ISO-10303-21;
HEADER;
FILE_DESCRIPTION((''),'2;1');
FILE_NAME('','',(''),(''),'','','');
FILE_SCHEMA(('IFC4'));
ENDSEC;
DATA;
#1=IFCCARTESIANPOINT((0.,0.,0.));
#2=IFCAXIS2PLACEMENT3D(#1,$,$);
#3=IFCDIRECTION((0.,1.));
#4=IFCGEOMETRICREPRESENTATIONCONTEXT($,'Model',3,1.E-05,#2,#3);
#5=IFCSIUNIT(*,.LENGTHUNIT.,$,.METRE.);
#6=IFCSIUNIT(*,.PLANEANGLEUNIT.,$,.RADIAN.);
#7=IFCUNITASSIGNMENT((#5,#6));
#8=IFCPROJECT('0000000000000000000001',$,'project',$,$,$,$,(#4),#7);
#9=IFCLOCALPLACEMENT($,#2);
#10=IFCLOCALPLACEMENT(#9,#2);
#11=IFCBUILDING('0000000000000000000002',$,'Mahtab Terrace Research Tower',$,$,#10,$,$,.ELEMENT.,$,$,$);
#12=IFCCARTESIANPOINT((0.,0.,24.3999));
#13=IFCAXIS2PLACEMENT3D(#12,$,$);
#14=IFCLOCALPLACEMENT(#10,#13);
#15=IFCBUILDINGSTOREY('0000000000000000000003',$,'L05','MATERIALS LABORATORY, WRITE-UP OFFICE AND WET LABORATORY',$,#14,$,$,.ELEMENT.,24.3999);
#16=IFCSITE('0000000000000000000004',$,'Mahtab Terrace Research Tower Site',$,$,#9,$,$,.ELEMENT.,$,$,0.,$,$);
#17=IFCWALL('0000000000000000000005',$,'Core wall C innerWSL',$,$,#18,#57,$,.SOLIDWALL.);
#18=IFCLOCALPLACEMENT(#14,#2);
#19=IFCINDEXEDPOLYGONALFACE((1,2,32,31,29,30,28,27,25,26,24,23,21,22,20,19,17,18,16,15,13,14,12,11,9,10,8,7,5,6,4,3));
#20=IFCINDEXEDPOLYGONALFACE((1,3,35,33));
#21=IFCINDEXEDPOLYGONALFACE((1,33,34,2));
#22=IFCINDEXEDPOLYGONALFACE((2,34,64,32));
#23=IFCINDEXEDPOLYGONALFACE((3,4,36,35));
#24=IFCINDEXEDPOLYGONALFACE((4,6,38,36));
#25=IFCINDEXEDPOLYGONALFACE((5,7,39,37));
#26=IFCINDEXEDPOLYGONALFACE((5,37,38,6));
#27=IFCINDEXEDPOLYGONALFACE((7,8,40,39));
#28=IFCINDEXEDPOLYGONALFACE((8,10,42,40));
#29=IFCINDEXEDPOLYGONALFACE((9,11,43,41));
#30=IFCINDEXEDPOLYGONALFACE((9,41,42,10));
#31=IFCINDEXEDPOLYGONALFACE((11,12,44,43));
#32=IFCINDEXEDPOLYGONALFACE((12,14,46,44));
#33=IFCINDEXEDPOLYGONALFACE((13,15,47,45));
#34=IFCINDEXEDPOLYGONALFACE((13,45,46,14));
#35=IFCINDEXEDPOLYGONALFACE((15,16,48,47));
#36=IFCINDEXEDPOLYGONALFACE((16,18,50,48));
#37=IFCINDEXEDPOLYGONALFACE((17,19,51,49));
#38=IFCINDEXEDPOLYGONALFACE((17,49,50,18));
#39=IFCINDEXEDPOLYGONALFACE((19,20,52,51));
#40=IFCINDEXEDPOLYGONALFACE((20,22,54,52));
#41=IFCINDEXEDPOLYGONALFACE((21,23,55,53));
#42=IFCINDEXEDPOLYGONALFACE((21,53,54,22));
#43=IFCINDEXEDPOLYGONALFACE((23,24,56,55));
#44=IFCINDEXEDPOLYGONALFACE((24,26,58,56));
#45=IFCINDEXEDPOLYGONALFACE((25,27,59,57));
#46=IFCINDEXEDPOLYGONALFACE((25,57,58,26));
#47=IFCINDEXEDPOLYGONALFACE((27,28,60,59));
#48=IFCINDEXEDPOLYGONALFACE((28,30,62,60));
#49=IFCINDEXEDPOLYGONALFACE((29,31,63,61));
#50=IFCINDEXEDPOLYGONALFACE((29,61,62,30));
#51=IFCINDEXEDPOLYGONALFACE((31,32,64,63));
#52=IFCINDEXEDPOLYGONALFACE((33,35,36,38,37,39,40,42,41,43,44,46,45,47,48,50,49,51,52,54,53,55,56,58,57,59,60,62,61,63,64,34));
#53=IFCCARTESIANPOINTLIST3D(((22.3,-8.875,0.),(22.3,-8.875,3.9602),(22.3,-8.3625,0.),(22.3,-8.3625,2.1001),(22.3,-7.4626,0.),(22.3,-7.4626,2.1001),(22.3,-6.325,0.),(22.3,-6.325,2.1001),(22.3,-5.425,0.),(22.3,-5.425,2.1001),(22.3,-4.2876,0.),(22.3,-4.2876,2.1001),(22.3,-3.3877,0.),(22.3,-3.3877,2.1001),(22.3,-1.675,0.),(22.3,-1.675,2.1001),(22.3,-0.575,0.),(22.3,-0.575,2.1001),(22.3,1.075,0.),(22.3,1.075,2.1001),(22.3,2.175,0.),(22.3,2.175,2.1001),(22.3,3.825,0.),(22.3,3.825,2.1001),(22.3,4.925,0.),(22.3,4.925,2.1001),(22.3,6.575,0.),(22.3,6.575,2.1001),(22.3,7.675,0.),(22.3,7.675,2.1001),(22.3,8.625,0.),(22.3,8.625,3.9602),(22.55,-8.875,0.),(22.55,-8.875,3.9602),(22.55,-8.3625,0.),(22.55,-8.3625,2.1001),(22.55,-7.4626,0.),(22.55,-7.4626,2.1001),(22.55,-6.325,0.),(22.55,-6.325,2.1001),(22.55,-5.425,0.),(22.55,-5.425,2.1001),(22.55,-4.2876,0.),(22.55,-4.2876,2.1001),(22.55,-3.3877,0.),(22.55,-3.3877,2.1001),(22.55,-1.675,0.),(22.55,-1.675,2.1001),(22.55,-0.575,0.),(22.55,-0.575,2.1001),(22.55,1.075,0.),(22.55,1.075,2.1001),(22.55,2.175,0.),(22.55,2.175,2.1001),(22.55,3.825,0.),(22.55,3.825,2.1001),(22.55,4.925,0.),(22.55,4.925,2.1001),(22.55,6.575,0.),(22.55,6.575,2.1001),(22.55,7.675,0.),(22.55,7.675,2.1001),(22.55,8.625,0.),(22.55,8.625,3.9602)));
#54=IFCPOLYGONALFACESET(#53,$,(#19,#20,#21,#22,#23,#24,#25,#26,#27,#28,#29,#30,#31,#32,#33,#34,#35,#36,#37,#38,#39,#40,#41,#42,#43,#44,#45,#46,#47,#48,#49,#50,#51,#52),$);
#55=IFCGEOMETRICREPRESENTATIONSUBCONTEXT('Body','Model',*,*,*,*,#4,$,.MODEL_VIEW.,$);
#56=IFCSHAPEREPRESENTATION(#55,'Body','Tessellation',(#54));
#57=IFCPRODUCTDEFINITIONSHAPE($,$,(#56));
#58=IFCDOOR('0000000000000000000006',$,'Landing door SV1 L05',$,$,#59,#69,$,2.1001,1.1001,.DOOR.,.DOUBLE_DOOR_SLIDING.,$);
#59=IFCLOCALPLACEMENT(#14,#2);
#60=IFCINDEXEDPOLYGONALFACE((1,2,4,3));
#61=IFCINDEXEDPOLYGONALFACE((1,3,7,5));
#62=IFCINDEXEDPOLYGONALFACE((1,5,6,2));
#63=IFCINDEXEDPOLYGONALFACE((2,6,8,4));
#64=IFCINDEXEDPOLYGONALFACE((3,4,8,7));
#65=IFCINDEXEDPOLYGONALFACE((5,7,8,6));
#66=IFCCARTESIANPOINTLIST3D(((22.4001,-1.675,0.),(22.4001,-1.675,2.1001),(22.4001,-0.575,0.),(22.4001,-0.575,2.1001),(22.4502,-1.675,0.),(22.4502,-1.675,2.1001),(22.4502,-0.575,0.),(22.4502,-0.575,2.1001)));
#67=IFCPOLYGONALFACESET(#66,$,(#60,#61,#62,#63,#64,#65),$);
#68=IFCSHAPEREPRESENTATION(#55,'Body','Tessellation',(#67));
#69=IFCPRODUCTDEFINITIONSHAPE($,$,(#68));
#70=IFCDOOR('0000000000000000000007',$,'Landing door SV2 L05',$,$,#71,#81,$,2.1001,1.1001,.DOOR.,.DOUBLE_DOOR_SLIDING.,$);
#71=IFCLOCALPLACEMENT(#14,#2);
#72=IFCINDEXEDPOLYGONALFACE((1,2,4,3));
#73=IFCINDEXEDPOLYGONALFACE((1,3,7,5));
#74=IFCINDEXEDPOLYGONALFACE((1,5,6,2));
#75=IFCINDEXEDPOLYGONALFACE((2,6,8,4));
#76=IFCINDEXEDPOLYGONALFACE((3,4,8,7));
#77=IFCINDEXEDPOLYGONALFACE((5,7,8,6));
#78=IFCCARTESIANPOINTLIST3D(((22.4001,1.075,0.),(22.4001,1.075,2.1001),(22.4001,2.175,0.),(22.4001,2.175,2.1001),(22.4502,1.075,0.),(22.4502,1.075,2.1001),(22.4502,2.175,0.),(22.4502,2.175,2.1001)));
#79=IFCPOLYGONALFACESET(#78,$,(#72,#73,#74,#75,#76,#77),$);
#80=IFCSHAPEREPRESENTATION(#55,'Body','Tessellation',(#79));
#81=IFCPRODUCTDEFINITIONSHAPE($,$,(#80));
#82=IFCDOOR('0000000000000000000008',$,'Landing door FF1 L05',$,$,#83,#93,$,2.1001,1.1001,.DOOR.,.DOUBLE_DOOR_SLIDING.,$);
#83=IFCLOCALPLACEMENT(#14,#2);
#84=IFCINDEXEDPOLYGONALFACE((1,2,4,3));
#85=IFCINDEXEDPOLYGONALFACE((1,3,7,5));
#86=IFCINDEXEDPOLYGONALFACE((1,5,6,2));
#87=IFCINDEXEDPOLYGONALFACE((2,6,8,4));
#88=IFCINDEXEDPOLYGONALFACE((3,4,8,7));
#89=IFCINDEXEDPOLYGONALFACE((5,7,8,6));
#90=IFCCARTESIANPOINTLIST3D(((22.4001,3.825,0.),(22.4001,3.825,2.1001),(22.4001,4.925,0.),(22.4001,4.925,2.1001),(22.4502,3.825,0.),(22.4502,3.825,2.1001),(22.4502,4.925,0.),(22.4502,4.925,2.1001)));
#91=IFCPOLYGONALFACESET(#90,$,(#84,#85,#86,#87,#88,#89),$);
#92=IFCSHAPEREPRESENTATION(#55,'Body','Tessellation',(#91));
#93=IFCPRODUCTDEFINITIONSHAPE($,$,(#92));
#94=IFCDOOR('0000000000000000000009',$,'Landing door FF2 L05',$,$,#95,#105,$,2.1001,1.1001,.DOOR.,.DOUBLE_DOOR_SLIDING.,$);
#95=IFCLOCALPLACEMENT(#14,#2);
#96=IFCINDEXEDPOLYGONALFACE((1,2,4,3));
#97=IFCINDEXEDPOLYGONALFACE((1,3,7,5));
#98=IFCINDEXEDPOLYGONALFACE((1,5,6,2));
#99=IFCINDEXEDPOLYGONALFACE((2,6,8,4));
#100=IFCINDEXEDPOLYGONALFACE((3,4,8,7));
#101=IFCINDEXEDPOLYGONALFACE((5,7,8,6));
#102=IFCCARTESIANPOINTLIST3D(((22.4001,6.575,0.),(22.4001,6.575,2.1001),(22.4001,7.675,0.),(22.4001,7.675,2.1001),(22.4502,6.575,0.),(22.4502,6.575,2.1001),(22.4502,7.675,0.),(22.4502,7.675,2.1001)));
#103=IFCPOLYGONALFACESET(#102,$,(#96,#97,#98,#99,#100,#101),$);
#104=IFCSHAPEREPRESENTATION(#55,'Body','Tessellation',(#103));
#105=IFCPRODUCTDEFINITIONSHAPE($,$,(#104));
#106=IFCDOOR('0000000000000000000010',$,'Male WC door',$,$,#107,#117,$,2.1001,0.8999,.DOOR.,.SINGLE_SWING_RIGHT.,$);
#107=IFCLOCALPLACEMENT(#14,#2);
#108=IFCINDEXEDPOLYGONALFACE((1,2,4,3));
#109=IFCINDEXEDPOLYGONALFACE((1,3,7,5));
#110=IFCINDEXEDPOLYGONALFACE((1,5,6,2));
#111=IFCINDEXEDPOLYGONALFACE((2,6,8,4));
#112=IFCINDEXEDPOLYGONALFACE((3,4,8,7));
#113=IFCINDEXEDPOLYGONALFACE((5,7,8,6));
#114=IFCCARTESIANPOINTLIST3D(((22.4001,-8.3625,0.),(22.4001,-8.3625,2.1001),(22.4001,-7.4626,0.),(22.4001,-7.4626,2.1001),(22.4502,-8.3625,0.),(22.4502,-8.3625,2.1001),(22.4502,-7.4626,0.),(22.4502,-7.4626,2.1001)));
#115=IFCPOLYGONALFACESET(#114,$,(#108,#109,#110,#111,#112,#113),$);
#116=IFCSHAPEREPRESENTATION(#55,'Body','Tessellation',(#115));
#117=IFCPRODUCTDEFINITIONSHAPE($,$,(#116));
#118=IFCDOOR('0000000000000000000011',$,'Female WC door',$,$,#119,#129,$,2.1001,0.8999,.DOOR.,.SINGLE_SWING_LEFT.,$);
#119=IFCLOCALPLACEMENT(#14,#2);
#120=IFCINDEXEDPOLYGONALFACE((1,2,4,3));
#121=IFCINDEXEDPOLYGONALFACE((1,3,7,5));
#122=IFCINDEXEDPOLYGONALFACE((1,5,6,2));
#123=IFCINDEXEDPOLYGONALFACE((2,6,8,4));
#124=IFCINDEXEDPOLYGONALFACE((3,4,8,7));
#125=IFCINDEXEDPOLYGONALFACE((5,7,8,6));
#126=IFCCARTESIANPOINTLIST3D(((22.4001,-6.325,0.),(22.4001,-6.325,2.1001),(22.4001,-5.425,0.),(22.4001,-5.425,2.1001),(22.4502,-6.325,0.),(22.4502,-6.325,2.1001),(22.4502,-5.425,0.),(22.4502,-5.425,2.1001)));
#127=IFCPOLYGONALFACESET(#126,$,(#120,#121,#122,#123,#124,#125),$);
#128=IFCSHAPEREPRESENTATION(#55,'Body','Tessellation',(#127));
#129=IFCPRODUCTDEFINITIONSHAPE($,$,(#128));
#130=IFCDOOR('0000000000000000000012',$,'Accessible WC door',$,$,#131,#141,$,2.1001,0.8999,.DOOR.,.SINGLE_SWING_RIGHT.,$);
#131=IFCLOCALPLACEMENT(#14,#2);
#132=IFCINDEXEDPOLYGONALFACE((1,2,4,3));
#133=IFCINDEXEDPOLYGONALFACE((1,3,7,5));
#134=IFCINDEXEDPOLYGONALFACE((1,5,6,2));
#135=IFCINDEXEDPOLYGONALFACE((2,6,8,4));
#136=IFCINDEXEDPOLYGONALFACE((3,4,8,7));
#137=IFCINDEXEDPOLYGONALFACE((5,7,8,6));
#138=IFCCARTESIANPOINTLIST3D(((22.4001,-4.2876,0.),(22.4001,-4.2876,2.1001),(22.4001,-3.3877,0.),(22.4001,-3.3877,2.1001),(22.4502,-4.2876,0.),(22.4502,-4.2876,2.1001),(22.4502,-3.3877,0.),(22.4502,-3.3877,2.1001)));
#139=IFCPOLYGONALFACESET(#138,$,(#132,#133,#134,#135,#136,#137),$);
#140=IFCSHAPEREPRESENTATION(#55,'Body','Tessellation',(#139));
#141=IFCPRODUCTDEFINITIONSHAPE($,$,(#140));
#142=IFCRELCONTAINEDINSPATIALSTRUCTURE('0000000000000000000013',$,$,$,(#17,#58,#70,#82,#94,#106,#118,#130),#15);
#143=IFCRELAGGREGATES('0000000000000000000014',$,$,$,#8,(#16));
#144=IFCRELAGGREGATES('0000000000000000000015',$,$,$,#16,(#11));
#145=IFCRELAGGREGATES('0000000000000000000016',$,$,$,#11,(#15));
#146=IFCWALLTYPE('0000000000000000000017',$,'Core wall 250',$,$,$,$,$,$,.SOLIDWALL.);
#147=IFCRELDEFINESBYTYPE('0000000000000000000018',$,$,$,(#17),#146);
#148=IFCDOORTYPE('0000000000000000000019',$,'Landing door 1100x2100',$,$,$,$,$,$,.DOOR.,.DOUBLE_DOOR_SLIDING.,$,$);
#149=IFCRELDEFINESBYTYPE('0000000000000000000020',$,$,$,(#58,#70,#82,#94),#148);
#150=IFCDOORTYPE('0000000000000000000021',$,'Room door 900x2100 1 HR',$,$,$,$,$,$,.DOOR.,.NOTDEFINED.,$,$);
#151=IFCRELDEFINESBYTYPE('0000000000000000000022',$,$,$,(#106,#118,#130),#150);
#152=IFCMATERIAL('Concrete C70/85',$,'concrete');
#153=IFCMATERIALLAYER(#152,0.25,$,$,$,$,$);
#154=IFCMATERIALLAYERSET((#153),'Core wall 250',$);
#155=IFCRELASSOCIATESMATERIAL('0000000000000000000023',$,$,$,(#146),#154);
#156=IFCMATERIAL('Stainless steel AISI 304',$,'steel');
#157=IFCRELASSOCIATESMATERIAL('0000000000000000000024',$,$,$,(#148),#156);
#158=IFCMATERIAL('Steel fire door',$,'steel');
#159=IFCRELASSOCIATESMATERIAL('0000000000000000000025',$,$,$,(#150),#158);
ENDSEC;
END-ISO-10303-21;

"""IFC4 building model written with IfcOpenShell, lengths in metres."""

from ifc_helpers import new_model, si_unit, direction, frame, frame_2d, origin, place, context, subcontext, project, spatial, rectangle, extrude, material, layer, layer_set, type_object, element, fill, save


model = new_model("IFC4")

# Units and contexts
model_context = context("Model", 3, precision=1e-05, world=origin(), true_north=direction((0.0, 1.0)))
body_context = subcontext(model_context, "Body", "Model", "MODEL_VIEW")
ifc_project = project(units=[si_unit("LENGTHUNIT", "METRE"), si_unit("PLANEANGLEUNIT", "RADIAN")], contexts=[model_context])

# Site, building, storey
site_placement = place(None, origin())
site = spatial("IfcSite", under=ifc_project, at=site_placement, Name="Mahtab Terrace Research Tower Site", CompositionType="ELEMENT", RefElevation=0.0)
building_placement = place(site_placement, origin())
building = spatial("IfcBuilding", under=site, at=building_placement, Name="Mahtab Terrace Research Tower", CompositionType="ELEMENT")
storey_placement = place(building_placement, frame((0.0, 0.0, 24.3999)))
storey = spatial("IfcBuildingStorey", under=building, at=storey_placement, Name="L05", Description="MATERIALS LABORATORY, WRITE-UP OFFICE AND WET LABORATORY", CompositionType="ELEMENT", Elevation=24.3999)

# Shared definitions
ifc_material_1 = material(Name="Concrete C70/85", Category="concrete")

# Wall, openings, doors
ifc_layer_1 = layer(ifc_material_1, 0.25)
ifc_layer_set_1 = layer_set([ifc_layer_1], Name="Core wall 250")
wall_type_1 = type_object("IfcWallType", Name="Core wall 250", PredefinedType="SOLIDWALL", material=ifc_layer_set_1)
wall_1_placement = place(storey_placement, frame((22.425, -8.875, 0.0), z_axis=(0.0, 0.0, 1.0), x_axis=(0.0, 1.0, 0.0)))
wall_1 = element("IfcWall", 1, at=wall_1_placement, inside=storey, type_object=wall_type_1, Name="Core wall C innerWSL", PredefinedType="SOLIDWALL", context=body_context, shape_type="SweptSolid", body=[
    extrude(rectangle(XDim=17.5, YDim=0.25, at=frame_2d((8.75, 0.0))), origin(), (0.0, 0.0, 1.0), 3.9602),
])
opening_1_placement = place(wall_1_placement, frame((7.2, 0.0, 0.0)))
opening_1 = element("IfcOpeningElement", 2, at=opening_1_placement, cuts=wall_1, PredefinedType="OPENING", context=body_context, shape_type="SweptSolid", body=[
    extrude(rectangle(XDim=1.1001, YDim=2.1001, at=frame_2d((0.55, 1.05))), frame((0.0, 0.135, 0.0), z_axis=(0.0, -1.0, 0.0), x_axis=(1.0, 0.0, 0.0)), (0.0, 0.0, 1.0), 0.27),
])
opening_2_placement = place(wall_1_placement, frame((9.95, 0.0, 0.0)))
opening_2 = element("IfcOpeningElement", 3, at=opening_2_placement, cuts=wall_1, PredefinedType="OPENING", context=body_context, shape_type="SweptSolid", body=[
    extrude(rectangle(XDim=1.1001, YDim=2.1001, at=frame_2d((0.55, 1.05))), frame((0.0, 0.135, 0.0), z_axis=(0.0, -1.0, 0.0), x_axis=(1.0, 0.0, 0.0)), (0.0, 0.0, 1.0), 0.27),
])
opening_3_placement = place(wall_1_placement, frame((12.7, 0.0, 0.0)))
opening_3 = element("IfcOpeningElement", 4, at=opening_3_placement, cuts=wall_1, PredefinedType="OPENING", context=body_context, shape_type="SweptSolid", body=[
    extrude(rectangle(XDim=1.1001, YDim=2.1001, at=frame_2d((0.55, 1.05))), frame((0.0, 0.135, 0.0), z_axis=(0.0, -1.0, 0.0), x_axis=(1.0, 0.0, 0.0)), (0.0, 0.0, 1.0), 0.27),
])
opening_4_placement = place(wall_1_placement, frame((15.45, 0.0, 0.0)))
opening_4 = element("IfcOpeningElement", 5, at=opening_4_placement, cuts=wall_1, PredefinedType="OPENING", context=body_context, shape_type="SweptSolid", body=[
    extrude(rectangle(XDim=1.1001, YDim=2.1001, at=frame_2d((0.55, 1.05))), frame((0.0, 0.135, 0.0), z_axis=(0.0, -1.0, 0.0), x_axis=(1.0, 0.0, 0.0)), (0.0, 0.0, 1.0), 0.27),
])
opening_5_placement = place(wall_1_placement, frame((0.5125, 0.0, 0.0)))
opening_5 = element("IfcOpeningElement", 6, at=opening_5_placement, cuts=wall_1, PredefinedType="OPENING", context=body_context, shape_type="SweptSolid", body=[
    extrude(rectangle(XDim=0.8999, YDim=2.1001, at=frame_2d((0.45, 1.05))), frame((0.0, 0.135, 0.0), z_axis=(0.0, -1.0, 0.0), x_axis=(1.0, 0.0, 0.0)), (0.0, 0.0, 1.0), 0.27),
])
opening_6_placement = place(wall_1_placement, frame((2.55, 0.0, 0.0)))
opening_6 = element("IfcOpeningElement", 7, at=opening_6_placement, cuts=wall_1, PredefinedType="OPENING", context=body_context, shape_type="SweptSolid", body=[
    extrude(rectangle(XDim=0.8999, YDim=2.1001, at=frame_2d((0.45, 1.05))), frame((0.0, 0.135, 0.0), z_axis=(0.0, -1.0, 0.0), x_axis=(1.0, 0.0, 0.0)), (0.0, 0.0, 1.0), 0.27),
])
opening_7_placement = place(wall_1_placement, frame((4.5874, 0.0, 0.0)))
opening_7 = element("IfcOpeningElement", 8, at=opening_7_placement, cuts=wall_1, PredefinedType="OPENING", context=body_context, shape_type="SweptSolid", body=[
    extrude(rectangle(XDim=0.8999, YDim=2.1001, at=frame_2d((0.45, 1.05))), frame((0.0, 0.135, 0.0), z_axis=(0.0, -1.0, 0.0), x_axis=(1.0, 0.0, 0.0)), (0.0, 0.0, 1.0), 0.27),
])
ifc_material_2 = material(Name="Stainless steel AISI 304", Category="steel")
door_type_1 = type_object("IfcDoorType", Name="Landing door 1100x2100", OperationType="DOUBLE_DOOR_SLIDING", PredefinedType="DOOR", material=ifc_material_2)
door_1_placement = place(opening_1_placement, origin())
door_1 = element("IfcDoor", 9, at=door_1_placement, inside=storey, type_object=door_type_1, Name="Landing door SV1 L05", OperationType="DOUBLE_DOOR_SLIDING", OverallHeight=2.1001, OverallWidth=1.1001, PredefinedType="DOOR", context=body_context, shape_type="SweptSolid", body=[
    extrude(rectangle(XDim=1.1001, YDim=2.1001, at=frame_2d((0.55, 1.05))), frame((0.0, 0.0249, 0.0), z_axis=(0.0, -1.0, 0.0), x_axis=(1.0, 0.0, 0.0)), (0.0, 0.0, 1.0), 0.05),
])
fill(opening_1, door_1)
door_2_placement = place(opening_2_placement, origin())
door_2 = element("IfcDoor", 10, at=door_2_placement, inside=storey, type_object=door_type_1, Name="Landing door SV2 L05", OperationType="DOUBLE_DOOR_SLIDING", OverallHeight=2.1001, OverallWidth=1.1001, PredefinedType="DOOR", context=body_context, shape_type="SweptSolid", body=[
    extrude(rectangle(XDim=1.1001, YDim=2.1001, at=frame_2d((0.55, 1.05))), frame((0.0, 0.0249, 0.0), z_axis=(0.0, -1.0, 0.0), x_axis=(1.0, 0.0, 0.0)), (0.0, 0.0, 1.0), 0.05),
])
fill(opening_2, door_2)
door_3_placement = place(opening_3_placement, origin())
door_3 = element("IfcDoor", 11, at=door_3_placement, inside=storey, type_object=door_type_1, Name="Landing door FF1 L05", OperationType="DOUBLE_DOOR_SLIDING", OverallHeight=2.1001, OverallWidth=1.1001, PredefinedType="DOOR", context=body_context, shape_type="SweptSolid", body=[
    extrude(rectangle(XDim=1.1001, YDim=2.1001, at=frame_2d((0.55, 1.05))), frame((0.0, 0.0249, 0.0), z_axis=(0.0, -1.0, 0.0), x_axis=(1.0, 0.0, 0.0)), (0.0, 0.0, 1.0), 0.05),
])
fill(opening_3, door_3)
door_4_placement = place(opening_4_placement, origin())
door_4 = element("IfcDoor", 12, at=door_4_placement, inside=storey, type_object=door_type_1, Name="Landing door FF2 L05", OperationType="DOUBLE_DOOR_SLIDING", OverallHeight=2.1001, OverallWidth=1.1001, PredefinedType="DOOR", context=body_context, shape_type="SweptSolid", body=[
    extrude(rectangle(XDim=1.1001, YDim=2.1001, at=frame_2d((0.55, 1.05))), frame((0.0, 0.0249, 0.0), z_axis=(0.0, -1.0, 0.0), x_axis=(1.0, 0.0, 0.0)), (0.0, 0.0, 1.0), 0.05),
])
fill(opening_4, door_4)
ifc_material_3 = material(Name="Steel fire door", Category="steel")
door_type_2 = type_object("IfcDoorType", Name="Room door 900x2100 1 HR", OperationType="NOTDEFINED", PredefinedType="DOOR", material=ifc_material_3)
door_5_placement = place(opening_5_placement, origin())
door_5 = element("IfcDoor", 13, at=door_5_placement, inside=storey, type_object=door_type_2, Name="Male WC door", OperationType="SINGLE_SWING_RIGHT", OverallHeight=2.1001, OverallWidth=0.8999, PredefinedType="DOOR", context=body_context, shape_type="SweptSolid", body=[
    extrude(rectangle(XDim=0.8999, YDim=2.1001, at=frame_2d((0.45, 1.05))), frame((0.0, 0.0249, 0.0), z_axis=(0.0, -1.0, 0.0), x_axis=(1.0, 0.0, 0.0)), (0.0, 0.0, 1.0), 0.05),
])
fill(opening_5, door_5)
door_6_placement = place(opening_6_placement, origin())
door_6 = element("IfcDoor", 14, at=door_6_placement, inside=storey, type_object=door_type_2, Name="Female WC door", OperationType="SINGLE_SWING_LEFT", OverallHeight=2.1001, OverallWidth=0.8999, PredefinedType="DOOR", context=body_context, shape_type="SweptSolid", body=[
    extrude(rectangle(XDim=0.8999, YDim=2.1001, at=frame_2d((0.45, 1.05))), frame((0.0, 0.0249, 0.0), z_axis=(0.0, -1.0, 0.0), x_axis=(1.0, 0.0, 0.0)), (0.0, 0.0, 1.0), 0.05),
])
fill(opening_6, door_6)
door_7_placement = place(opening_7_placement, origin())
door_7 = element("IfcDoor", 15, at=door_7_placement, inside=storey, type_object=door_type_2, Name="Accessible WC door", OperationType="SINGLE_SWING_RIGHT", OverallHeight=2.1001, OverallWidth=0.8999, PredefinedType="DOOR", context=body_context, shape_type="SweptSolid", body=[
    extrude(rectangle(XDim=0.8999, YDim=2.1001, at=frame_2d((0.45, 1.05))), frame((0.0, 0.0249, 0.0), z_axis=(0.0, -1.0, 0.0), x_axis=(1.0, 0.0, 0.0)), (0.0, 0.0, 1.0), 0.05),
])
fill(opening_7, door_7)

save(model, "model.ifc")
